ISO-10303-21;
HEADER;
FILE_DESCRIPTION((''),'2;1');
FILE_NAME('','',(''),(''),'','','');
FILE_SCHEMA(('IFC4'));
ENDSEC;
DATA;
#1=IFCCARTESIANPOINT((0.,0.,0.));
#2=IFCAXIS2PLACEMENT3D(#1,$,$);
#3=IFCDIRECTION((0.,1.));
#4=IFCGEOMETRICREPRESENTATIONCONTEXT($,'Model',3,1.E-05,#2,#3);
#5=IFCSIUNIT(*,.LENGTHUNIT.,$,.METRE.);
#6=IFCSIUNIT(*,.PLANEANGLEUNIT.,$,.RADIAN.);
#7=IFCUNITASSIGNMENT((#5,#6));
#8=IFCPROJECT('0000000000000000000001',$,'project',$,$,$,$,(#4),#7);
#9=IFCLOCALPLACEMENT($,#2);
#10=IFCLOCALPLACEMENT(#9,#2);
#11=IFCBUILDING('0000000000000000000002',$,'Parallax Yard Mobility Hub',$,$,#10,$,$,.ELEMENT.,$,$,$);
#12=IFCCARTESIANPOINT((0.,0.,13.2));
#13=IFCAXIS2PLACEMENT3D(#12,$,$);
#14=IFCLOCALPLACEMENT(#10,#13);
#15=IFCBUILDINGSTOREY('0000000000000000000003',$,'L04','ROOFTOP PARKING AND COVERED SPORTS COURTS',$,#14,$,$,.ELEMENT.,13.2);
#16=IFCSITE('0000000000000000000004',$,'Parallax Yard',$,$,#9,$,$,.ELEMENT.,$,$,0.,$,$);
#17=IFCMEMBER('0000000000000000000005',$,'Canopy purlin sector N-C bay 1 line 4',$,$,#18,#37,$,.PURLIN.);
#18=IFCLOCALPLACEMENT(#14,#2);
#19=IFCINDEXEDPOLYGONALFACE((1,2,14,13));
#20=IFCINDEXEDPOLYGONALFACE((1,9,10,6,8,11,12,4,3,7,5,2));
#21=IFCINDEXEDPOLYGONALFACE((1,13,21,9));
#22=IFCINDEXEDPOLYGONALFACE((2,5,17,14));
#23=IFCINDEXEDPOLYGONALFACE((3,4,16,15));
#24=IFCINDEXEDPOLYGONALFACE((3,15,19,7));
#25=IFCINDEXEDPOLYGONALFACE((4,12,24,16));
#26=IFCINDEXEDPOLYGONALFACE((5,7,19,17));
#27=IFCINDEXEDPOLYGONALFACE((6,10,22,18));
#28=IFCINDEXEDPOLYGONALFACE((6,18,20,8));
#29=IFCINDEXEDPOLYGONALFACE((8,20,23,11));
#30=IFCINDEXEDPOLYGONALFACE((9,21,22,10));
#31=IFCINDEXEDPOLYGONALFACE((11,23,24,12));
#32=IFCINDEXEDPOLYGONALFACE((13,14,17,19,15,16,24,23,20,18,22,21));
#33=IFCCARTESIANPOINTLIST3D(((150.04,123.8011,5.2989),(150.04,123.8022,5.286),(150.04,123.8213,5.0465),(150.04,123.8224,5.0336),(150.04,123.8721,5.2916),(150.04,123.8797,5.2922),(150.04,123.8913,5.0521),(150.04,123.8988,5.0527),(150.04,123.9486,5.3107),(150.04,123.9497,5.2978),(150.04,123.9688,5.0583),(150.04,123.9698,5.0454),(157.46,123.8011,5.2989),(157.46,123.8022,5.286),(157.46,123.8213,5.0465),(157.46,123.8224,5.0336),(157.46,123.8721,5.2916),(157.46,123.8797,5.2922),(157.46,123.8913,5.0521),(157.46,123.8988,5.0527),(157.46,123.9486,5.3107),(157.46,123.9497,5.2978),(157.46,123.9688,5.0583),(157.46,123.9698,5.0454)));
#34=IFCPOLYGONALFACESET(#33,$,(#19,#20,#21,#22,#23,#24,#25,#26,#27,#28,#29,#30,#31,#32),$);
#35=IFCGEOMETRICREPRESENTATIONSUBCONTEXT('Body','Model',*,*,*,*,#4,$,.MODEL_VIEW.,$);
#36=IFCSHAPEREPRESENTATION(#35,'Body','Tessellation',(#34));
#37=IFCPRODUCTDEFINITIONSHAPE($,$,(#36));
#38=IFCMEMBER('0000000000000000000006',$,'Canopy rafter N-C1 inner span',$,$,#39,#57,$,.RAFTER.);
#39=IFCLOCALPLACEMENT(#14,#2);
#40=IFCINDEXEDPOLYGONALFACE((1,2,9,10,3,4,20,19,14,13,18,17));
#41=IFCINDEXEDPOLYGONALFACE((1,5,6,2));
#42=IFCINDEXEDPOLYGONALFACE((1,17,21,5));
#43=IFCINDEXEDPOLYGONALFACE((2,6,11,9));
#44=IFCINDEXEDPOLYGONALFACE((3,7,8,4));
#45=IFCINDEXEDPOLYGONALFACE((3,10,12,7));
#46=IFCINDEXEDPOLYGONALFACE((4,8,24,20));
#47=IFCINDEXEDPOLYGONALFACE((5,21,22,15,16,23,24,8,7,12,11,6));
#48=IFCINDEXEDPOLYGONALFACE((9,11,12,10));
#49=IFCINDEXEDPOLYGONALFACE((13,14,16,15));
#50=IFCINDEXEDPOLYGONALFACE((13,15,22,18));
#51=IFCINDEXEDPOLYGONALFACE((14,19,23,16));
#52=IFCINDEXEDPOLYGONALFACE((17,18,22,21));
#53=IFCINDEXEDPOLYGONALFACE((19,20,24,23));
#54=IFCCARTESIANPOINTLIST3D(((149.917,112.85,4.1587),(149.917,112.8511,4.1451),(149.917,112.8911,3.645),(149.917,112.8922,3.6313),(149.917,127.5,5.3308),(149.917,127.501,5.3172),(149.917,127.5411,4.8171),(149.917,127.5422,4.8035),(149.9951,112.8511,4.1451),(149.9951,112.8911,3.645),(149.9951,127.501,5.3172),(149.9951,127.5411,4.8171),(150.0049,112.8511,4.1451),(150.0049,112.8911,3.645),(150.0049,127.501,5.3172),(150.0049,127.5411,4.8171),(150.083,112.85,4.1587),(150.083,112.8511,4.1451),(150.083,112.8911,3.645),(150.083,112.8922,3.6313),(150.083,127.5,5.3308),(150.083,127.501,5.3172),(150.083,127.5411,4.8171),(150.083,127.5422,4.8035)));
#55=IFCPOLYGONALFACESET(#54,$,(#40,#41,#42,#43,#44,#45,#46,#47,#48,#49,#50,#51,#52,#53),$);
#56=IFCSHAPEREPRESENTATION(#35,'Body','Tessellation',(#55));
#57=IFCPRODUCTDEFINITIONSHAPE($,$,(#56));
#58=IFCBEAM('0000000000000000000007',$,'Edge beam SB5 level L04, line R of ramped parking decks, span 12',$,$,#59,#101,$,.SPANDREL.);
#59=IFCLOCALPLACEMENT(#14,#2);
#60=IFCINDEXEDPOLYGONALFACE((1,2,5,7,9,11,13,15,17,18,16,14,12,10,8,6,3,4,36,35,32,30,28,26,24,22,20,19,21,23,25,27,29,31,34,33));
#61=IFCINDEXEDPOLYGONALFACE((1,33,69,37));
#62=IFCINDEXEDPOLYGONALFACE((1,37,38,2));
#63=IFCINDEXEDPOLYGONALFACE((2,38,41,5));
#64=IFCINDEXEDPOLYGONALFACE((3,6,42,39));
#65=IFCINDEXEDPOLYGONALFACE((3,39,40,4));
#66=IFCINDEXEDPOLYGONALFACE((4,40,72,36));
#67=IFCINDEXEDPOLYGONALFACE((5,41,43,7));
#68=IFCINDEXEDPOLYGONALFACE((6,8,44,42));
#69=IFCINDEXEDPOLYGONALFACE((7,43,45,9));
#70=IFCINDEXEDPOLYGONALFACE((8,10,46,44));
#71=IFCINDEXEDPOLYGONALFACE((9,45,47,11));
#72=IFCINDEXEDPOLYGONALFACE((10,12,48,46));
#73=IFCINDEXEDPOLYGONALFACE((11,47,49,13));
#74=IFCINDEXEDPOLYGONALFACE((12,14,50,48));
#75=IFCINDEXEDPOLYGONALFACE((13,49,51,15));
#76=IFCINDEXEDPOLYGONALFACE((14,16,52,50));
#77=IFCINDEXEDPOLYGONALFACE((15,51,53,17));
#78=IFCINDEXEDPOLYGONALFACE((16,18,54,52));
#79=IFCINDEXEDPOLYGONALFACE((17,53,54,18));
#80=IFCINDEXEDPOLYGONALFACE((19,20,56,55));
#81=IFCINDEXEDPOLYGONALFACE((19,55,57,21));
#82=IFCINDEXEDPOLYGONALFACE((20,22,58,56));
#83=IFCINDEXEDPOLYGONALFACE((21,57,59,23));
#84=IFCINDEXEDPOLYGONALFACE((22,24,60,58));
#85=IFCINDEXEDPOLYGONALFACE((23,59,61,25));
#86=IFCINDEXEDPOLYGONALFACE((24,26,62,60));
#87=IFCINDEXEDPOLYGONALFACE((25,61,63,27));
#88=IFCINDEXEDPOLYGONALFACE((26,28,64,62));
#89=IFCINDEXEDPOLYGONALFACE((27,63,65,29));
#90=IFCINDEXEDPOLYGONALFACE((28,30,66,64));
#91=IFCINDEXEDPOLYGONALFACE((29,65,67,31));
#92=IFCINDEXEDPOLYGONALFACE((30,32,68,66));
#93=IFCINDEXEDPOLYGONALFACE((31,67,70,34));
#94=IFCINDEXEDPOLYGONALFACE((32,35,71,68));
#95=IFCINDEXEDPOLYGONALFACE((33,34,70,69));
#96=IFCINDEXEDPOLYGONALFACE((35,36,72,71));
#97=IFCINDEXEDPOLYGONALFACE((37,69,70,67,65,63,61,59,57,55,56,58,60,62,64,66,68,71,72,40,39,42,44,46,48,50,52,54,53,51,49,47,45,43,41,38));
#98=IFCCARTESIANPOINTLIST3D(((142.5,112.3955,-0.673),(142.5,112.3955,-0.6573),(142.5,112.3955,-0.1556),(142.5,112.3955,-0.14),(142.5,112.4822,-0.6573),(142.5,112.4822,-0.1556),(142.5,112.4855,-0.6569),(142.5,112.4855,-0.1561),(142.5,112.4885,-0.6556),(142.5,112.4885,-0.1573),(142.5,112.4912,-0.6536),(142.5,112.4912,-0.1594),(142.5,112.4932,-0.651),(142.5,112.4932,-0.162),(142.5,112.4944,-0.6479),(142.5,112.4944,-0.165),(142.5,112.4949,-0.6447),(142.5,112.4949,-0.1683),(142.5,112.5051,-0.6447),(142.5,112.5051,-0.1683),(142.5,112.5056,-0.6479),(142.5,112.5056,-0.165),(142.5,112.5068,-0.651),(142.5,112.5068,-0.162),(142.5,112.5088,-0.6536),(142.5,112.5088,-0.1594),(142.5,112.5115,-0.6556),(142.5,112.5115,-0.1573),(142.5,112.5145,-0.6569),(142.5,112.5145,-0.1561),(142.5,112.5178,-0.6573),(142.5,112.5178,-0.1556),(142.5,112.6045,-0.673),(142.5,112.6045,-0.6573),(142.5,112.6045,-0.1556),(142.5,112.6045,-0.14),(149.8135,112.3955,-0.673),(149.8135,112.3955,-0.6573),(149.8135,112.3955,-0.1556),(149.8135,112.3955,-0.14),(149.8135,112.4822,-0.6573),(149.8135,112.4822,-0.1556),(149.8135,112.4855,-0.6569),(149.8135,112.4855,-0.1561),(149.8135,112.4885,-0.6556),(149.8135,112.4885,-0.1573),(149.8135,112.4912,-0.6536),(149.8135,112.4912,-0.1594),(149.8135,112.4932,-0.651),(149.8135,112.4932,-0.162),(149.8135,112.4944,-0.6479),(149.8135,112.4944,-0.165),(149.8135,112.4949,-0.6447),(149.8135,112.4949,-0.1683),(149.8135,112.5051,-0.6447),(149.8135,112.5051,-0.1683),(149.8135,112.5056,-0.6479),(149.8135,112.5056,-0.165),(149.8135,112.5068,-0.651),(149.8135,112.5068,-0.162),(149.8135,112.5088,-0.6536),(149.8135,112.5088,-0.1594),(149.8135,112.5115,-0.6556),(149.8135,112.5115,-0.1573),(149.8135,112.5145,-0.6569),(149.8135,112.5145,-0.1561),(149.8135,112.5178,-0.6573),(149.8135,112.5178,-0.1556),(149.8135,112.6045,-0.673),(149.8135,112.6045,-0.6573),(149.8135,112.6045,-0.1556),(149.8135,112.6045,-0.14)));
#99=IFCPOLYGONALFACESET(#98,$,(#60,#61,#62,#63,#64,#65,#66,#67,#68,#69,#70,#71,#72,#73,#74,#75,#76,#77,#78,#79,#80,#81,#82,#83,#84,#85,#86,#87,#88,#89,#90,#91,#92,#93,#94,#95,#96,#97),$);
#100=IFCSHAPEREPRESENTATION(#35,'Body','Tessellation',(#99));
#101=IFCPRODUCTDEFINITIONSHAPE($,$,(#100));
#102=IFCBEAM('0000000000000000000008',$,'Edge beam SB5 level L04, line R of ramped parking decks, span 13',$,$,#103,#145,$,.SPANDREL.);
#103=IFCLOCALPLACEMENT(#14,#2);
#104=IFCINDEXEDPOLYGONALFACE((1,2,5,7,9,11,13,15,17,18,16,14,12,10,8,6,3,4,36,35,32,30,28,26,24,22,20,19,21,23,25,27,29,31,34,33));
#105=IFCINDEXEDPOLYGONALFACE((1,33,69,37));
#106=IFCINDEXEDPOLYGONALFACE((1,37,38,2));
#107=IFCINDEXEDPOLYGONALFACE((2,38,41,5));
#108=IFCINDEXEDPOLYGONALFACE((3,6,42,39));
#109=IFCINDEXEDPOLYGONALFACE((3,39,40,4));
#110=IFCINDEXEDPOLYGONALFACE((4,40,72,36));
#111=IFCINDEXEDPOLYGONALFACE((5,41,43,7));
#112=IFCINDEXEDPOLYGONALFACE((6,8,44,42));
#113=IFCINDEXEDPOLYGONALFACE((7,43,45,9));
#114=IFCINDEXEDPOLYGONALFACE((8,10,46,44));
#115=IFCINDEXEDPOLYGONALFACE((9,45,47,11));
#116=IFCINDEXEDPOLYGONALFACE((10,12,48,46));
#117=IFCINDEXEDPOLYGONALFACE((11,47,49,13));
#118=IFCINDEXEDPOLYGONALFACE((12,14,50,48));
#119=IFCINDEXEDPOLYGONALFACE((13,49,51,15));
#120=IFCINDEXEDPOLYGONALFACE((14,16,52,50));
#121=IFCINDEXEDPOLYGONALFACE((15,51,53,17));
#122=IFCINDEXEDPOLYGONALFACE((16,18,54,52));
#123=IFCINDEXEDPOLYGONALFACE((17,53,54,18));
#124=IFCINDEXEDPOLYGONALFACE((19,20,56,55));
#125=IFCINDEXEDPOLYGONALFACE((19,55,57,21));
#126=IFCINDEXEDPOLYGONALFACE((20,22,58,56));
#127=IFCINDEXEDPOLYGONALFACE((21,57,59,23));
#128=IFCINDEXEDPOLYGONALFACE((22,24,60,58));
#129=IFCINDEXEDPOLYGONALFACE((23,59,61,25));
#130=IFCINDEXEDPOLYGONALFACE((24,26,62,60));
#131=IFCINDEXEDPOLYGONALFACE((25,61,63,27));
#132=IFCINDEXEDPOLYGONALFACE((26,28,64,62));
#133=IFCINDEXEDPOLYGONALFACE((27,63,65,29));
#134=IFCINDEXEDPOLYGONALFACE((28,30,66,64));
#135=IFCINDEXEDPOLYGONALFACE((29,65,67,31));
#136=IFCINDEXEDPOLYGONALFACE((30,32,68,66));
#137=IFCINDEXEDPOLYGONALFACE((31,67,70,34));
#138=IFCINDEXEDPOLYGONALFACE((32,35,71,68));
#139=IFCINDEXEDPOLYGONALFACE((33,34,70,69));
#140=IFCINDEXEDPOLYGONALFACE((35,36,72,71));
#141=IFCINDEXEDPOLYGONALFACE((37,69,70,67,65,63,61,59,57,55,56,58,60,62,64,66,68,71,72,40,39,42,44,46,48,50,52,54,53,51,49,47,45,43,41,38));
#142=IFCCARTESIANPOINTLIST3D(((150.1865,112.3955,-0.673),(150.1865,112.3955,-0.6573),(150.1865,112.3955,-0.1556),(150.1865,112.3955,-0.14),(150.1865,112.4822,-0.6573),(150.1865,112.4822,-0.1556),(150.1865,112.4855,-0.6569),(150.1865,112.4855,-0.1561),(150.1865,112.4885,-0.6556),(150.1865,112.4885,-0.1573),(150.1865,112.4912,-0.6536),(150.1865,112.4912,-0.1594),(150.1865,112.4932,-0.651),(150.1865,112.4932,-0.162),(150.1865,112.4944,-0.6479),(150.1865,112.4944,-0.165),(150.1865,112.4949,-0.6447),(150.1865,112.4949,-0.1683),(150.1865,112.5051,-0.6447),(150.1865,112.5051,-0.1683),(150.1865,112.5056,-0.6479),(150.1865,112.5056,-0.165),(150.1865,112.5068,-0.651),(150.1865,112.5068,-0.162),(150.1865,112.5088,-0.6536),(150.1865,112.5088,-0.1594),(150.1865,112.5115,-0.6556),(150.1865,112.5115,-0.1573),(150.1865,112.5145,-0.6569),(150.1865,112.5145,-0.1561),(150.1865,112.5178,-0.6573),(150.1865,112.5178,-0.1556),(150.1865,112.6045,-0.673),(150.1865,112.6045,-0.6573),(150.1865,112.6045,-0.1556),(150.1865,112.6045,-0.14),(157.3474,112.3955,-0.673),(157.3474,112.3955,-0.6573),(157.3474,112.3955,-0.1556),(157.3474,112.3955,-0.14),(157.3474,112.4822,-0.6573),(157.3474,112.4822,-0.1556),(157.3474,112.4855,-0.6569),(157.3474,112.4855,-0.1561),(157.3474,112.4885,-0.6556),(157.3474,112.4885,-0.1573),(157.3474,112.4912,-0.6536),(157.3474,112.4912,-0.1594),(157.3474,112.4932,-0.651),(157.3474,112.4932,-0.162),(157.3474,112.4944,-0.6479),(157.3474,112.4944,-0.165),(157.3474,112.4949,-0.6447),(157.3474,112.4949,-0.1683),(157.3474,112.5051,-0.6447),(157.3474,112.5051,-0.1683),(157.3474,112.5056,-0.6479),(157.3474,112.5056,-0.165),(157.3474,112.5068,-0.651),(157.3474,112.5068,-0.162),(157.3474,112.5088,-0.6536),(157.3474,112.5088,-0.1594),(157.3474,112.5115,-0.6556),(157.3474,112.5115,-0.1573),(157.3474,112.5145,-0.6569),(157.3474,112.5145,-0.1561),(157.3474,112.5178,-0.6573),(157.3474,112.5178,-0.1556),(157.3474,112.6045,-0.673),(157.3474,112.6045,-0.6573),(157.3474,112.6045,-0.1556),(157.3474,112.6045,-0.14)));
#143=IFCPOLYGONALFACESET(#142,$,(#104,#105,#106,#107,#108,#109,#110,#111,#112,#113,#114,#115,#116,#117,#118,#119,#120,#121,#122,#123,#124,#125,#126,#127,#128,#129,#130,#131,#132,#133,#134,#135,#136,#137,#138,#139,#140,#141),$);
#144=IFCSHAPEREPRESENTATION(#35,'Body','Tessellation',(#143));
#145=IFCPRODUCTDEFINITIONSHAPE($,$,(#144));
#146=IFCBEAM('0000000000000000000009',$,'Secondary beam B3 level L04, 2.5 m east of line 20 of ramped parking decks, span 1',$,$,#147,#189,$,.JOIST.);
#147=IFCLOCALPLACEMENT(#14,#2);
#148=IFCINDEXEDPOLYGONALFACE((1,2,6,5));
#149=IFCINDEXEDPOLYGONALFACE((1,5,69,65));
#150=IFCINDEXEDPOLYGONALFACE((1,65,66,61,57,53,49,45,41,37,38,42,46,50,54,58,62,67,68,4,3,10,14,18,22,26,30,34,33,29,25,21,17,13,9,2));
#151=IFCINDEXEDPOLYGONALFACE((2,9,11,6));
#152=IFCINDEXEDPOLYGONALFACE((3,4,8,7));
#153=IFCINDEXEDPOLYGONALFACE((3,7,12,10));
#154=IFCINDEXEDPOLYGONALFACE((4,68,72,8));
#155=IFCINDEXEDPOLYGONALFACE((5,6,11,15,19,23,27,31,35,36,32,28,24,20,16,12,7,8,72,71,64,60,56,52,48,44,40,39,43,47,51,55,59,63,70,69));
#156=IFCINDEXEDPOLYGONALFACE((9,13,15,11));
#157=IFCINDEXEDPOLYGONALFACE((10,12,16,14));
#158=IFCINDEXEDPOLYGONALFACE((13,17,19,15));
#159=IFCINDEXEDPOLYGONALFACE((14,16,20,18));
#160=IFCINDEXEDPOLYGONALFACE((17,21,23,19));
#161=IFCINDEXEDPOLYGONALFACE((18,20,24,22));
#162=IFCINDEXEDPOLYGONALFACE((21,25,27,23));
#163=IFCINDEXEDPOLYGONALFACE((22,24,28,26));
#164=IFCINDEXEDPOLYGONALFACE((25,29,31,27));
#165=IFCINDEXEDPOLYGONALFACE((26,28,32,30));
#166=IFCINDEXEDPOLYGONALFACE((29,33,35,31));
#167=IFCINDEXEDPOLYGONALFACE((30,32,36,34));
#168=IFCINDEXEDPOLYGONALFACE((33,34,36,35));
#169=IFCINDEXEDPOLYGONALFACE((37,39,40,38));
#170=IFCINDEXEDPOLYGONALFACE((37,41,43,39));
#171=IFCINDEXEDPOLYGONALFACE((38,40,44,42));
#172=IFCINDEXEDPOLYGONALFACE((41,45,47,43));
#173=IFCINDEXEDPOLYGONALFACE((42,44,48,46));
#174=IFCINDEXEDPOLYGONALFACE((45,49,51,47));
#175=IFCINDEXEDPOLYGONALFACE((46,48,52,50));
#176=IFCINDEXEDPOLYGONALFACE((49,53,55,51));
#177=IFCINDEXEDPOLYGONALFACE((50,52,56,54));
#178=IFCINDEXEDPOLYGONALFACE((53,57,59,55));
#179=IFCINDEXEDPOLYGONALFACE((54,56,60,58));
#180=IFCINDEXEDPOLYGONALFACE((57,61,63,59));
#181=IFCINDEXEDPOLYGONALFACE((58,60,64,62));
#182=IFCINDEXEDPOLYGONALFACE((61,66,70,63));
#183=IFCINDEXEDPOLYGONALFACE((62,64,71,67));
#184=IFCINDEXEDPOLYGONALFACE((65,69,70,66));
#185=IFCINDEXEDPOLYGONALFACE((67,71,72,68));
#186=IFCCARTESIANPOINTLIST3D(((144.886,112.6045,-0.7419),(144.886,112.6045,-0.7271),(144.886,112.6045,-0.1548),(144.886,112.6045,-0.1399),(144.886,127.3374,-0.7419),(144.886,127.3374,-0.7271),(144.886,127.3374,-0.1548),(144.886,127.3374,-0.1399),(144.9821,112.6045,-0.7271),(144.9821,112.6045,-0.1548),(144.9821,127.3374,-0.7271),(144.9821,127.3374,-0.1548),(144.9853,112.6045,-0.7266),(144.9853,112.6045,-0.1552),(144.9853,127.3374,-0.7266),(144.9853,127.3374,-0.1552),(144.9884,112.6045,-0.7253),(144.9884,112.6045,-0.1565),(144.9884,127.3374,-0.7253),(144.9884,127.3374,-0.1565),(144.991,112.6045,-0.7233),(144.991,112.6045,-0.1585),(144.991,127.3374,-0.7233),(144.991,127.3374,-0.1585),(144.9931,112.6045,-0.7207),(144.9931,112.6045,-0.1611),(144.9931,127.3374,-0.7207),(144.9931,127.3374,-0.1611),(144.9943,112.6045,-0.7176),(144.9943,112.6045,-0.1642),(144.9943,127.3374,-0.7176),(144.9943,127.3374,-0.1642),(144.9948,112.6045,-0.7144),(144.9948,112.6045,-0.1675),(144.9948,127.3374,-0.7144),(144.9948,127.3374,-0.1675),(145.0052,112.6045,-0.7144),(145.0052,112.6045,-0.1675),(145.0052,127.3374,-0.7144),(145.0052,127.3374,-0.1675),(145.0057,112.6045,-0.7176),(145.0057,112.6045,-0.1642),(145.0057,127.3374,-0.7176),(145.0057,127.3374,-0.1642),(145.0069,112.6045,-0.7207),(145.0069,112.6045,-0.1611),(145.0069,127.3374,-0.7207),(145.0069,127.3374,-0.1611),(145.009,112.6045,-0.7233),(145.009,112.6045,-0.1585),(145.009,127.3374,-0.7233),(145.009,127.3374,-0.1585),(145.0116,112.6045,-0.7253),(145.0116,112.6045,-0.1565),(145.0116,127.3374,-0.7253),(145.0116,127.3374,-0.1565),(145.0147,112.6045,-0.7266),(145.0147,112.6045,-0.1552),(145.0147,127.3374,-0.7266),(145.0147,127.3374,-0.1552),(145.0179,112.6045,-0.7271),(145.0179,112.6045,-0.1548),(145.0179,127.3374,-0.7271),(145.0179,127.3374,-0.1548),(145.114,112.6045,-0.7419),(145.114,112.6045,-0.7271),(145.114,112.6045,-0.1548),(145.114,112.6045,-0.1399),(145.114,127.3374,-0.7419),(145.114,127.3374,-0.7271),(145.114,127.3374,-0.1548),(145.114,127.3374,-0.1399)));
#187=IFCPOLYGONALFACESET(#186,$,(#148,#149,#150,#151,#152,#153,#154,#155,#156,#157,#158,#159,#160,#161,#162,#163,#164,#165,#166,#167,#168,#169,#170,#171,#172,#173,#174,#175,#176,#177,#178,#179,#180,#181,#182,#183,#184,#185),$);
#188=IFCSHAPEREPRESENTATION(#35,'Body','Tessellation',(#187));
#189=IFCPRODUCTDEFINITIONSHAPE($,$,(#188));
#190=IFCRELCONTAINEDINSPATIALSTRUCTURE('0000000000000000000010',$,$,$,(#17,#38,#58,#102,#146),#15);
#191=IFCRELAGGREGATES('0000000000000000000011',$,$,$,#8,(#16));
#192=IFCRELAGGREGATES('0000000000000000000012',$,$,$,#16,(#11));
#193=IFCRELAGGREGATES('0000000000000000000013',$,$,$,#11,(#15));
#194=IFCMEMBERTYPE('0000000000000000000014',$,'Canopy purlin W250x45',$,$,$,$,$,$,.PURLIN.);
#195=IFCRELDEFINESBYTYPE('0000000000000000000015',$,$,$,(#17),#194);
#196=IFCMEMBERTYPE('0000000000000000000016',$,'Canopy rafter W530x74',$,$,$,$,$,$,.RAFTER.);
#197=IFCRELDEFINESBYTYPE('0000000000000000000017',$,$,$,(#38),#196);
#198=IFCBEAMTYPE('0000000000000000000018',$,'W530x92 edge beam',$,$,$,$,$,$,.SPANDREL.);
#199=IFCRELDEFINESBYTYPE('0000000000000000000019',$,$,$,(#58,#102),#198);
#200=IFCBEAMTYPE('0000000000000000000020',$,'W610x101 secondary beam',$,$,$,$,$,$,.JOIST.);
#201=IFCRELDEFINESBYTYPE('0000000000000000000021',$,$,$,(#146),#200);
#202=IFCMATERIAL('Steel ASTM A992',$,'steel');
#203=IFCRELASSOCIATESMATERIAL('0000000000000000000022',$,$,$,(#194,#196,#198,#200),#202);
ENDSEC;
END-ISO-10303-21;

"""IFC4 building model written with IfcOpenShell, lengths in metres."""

from ifc_helpers import new_model, si_unit, direction, frame, origin, origin_2d, place, context, subcontext, project, spatial, i_section, extrude, material, material_profile, profile_set, type_object, element, save


model = new_model("IFC4")

# Units and contexts
model_context = context("Model", 3, precision=1e-05, world=origin(), true_north=direction((0.0, 1.0)))
body_context = subcontext(model_context, "Body", "Model", "MODEL_VIEW")
ifc_project = project(units=[si_unit("LENGTHUNIT", "METRE"), si_unit("PLANEANGLEUNIT", "RADIAN")], contexts=[model_context])

# Site, building, storey
site_placement = place(None, origin())
site = spatial("IfcSite", under=ifc_project, at=site_placement, Name="Parallax Yard", CompositionType="ELEMENT", RefElevation=0.0)
building_placement = place(site_placement, origin())
building = spatial("IfcBuilding", under=site, at=building_placement, Name="Parallax Yard Mobility Hub", CompositionType="ELEMENT")
storey_placement = place(building_placement, frame((0.0, 0.0, 13.2)))
storey = spatial("IfcBuildingStorey", under=building, at=storey_placement, Name="L04", Description="ROOFTOP PARKING AND COVERED SPORTS COURTS", CompositionType="ELEMENT", Elevation=13.2)

# Members
ifc_material_1 = material(Name="Steel ASTM A992", Category="steel")
ifc_material_profile_1 = material_profile(ifc_material_1, i_section(OverallWidth=0.1479, OverallDepth=0.2661, WebThickness=0.0076, FlangeThickness=0.0129, at=origin_2d()), Name="W250x45")
ifc_profile_set_1 = profile_set([ifc_material_profile_1], Name="Steel ASTM A992")
member_type_1 = type_object("IfcMemberType", Name="Canopy purlin W250x45", PredefinedType="PURLIN", material=ifc_profile_set_1)
for number, where, z_axis, x_axis, name in (
    (1, (150.04, 123.8855, 5.1721), (1.0, 0.0, 0.0), (0.0, 0.996815, 0.079745), "Canopy purlin sector N-C bay 1 line 4"),
):
    element("IfcMember", number, at=place(storey_placement, frame(where, z_axis=z_axis, x_axis=x_axis)), inside=storey, type_object=member_type_1, Name=name, PredefinedType="PURLIN", context=body_context, shape_type="SweptSolid", body=[
        extrude(i_section(OverallWidth=0.1479, OverallDepth=0.2661, WebThickness=0.0076, FlangeThickness=0.0129, at=origin_2d()), origin(), (0.0, 0.0, 1.0), 7.4199),
    ])
ifc_material_profile_2 = material_profile(ifc_material_1, i_section(OverallWidth=0.166, OverallDepth=0.5291, WebThickness=0.0098, FlangeThickness=0.0137, at=origin_2d()), Name="W530x74")
ifc_profile_set_2 = profile_set([ifc_material_profile_2], Name="Steel ASTM A992")
member_type_2 = type_object("IfcMemberType", Name="Canopy rafter W530x74", PredefinedType="RAFTER", material=ifc_profile_set_2)
member_1_placement = place(storey_placement, frame((150.0, 112.8711, 3.895), z_axis=(0.0, 0.996815, 0.079754), x_axis=(-1.0, 0.0, 0.0)))
element("IfcMember", 2, at=member_1_placement, inside=storey, type_object=member_type_2, Name="Canopy rafter N-C1 inner span", PredefinedType="RAFTER", context=body_context, shape_type="SweptSolid", body=[
    extrude(i_section(OverallWidth=0.166, OverallDepth=0.5291, WebThickness=0.0098, FlangeThickness=0.0137, at=origin_2d()), origin(), (0.0, 0.0, 1.0), 14.6968),
])

# Beams
ifc_material_profile_3 = material_profile(ifc_material_1, i_section(OverallWidth=0.209, OverallDepth=0.533, WebThickness=0.0103, FlangeThickness=0.0156, FilletRadius=0.0127, at=origin_2d()), Name="W530x92")
ifc_profile_set_3 = profile_set([ifc_material_profile_3], Name="Steel ASTM A992")
beam_type_1 = type_object("IfcBeamType", Name="W530x92 edge beam", PredefinedType="SPANDREL", material=ifc_profile_set_3)
beam_1_placement = place(storey_placement, frame((142.5, 112.5, -0.4065), z_axis=(1.0, 0.0, 0.0), x_axis=(0.0, 1.0, 0.0)))
element("IfcBeam", 3, at=beam_1_placement, inside=storey, type_object=beam_type_1, Name="Edge beam SB5 level L04, line R of ramped parking decks, span 12", PredefinedType="SPANDREL", context=body_context, shape_type="SweptSolid", body=[
    extrude(i_section(OverallWidth=0.209, OverallDepth=0.533, WebThickness=0.0103, FlangeThickness=0.0156, FilletRadius=0.0127, at=origin_2d()), origin(), (0.0, 0.0, 1.0), 7.3135),
])
beam_2_placement = place(storey_placement, frame((150.1865, 112.5, -0.4065), z_axis=(1.0, 0.0, 0.0), x_axis=(0.0, 1.0, 0.0)))
element("IfcBeam", 4, at=beam_2_placement, inside=storey, type_object=beam_type_1, Name="Edge beam SB5 level L04, line R of ramped parking decks, span 13", PredefinedType="SPANDREL", context=body_context, shape_type="SweptSolid", body=[
    extrude(i_section(OverallWidth=0.209, OverallDepth=0.533, WebThickness=0.0103, FlangeThickness=0.0156, FilletRadius=0.0127, at=origin_2d()), origin(), (0.0, 0.0, 1.0), 7.1609),
])
ifc_material_profile_4 = material_profile(ifc_material_1, i_section(OverallWidth=0.228, OverallDepth=0.6021, WebThickness=0.0105, FlangeThickness=0.0149, FilletRadius=0.0127, at=origin_2d()), Name="W610x101")
ifc_profile_set_4 = profile_set([ifc_material_profile_4], Name="Steel ASTM A992")
beam_type_2 = type_object("IfcBeamType", Name="W610x101 secondary beam", PredefinedType="JOIST", material=ifc_profile_set_4)
for number, where, z_axis, x_axis, name in (
    (5, (145.0, 112.6045, -0.4409), (0.0, 1.0, 0.0), (-1.0, 0.0, 0.0), "Secondary beam B3 level L04, 2.5 m east of line 20 of ramped parking decks, span 1"),
):
    element("IfcBeam", number, at=place(storey_placement, frame(where, z_axis=z_axis, x_axis=x_axis)), inside=storey, type_object=beam_type_2, Name=name, PredefinedType="JOIST", context=body_context, shape_type="SweptSolid", body=[
        extrude(i_section(OverallWidth=0.228, OverallDepth=0.6021, WebThickness=0.0105, FlangeThickness=0.0149, FilletRadius=0.0127, at=origin_2d()), origin(), (0.0, 0.0, 1.0), 14.7329),
    ])

save(model, "model.ifc")
